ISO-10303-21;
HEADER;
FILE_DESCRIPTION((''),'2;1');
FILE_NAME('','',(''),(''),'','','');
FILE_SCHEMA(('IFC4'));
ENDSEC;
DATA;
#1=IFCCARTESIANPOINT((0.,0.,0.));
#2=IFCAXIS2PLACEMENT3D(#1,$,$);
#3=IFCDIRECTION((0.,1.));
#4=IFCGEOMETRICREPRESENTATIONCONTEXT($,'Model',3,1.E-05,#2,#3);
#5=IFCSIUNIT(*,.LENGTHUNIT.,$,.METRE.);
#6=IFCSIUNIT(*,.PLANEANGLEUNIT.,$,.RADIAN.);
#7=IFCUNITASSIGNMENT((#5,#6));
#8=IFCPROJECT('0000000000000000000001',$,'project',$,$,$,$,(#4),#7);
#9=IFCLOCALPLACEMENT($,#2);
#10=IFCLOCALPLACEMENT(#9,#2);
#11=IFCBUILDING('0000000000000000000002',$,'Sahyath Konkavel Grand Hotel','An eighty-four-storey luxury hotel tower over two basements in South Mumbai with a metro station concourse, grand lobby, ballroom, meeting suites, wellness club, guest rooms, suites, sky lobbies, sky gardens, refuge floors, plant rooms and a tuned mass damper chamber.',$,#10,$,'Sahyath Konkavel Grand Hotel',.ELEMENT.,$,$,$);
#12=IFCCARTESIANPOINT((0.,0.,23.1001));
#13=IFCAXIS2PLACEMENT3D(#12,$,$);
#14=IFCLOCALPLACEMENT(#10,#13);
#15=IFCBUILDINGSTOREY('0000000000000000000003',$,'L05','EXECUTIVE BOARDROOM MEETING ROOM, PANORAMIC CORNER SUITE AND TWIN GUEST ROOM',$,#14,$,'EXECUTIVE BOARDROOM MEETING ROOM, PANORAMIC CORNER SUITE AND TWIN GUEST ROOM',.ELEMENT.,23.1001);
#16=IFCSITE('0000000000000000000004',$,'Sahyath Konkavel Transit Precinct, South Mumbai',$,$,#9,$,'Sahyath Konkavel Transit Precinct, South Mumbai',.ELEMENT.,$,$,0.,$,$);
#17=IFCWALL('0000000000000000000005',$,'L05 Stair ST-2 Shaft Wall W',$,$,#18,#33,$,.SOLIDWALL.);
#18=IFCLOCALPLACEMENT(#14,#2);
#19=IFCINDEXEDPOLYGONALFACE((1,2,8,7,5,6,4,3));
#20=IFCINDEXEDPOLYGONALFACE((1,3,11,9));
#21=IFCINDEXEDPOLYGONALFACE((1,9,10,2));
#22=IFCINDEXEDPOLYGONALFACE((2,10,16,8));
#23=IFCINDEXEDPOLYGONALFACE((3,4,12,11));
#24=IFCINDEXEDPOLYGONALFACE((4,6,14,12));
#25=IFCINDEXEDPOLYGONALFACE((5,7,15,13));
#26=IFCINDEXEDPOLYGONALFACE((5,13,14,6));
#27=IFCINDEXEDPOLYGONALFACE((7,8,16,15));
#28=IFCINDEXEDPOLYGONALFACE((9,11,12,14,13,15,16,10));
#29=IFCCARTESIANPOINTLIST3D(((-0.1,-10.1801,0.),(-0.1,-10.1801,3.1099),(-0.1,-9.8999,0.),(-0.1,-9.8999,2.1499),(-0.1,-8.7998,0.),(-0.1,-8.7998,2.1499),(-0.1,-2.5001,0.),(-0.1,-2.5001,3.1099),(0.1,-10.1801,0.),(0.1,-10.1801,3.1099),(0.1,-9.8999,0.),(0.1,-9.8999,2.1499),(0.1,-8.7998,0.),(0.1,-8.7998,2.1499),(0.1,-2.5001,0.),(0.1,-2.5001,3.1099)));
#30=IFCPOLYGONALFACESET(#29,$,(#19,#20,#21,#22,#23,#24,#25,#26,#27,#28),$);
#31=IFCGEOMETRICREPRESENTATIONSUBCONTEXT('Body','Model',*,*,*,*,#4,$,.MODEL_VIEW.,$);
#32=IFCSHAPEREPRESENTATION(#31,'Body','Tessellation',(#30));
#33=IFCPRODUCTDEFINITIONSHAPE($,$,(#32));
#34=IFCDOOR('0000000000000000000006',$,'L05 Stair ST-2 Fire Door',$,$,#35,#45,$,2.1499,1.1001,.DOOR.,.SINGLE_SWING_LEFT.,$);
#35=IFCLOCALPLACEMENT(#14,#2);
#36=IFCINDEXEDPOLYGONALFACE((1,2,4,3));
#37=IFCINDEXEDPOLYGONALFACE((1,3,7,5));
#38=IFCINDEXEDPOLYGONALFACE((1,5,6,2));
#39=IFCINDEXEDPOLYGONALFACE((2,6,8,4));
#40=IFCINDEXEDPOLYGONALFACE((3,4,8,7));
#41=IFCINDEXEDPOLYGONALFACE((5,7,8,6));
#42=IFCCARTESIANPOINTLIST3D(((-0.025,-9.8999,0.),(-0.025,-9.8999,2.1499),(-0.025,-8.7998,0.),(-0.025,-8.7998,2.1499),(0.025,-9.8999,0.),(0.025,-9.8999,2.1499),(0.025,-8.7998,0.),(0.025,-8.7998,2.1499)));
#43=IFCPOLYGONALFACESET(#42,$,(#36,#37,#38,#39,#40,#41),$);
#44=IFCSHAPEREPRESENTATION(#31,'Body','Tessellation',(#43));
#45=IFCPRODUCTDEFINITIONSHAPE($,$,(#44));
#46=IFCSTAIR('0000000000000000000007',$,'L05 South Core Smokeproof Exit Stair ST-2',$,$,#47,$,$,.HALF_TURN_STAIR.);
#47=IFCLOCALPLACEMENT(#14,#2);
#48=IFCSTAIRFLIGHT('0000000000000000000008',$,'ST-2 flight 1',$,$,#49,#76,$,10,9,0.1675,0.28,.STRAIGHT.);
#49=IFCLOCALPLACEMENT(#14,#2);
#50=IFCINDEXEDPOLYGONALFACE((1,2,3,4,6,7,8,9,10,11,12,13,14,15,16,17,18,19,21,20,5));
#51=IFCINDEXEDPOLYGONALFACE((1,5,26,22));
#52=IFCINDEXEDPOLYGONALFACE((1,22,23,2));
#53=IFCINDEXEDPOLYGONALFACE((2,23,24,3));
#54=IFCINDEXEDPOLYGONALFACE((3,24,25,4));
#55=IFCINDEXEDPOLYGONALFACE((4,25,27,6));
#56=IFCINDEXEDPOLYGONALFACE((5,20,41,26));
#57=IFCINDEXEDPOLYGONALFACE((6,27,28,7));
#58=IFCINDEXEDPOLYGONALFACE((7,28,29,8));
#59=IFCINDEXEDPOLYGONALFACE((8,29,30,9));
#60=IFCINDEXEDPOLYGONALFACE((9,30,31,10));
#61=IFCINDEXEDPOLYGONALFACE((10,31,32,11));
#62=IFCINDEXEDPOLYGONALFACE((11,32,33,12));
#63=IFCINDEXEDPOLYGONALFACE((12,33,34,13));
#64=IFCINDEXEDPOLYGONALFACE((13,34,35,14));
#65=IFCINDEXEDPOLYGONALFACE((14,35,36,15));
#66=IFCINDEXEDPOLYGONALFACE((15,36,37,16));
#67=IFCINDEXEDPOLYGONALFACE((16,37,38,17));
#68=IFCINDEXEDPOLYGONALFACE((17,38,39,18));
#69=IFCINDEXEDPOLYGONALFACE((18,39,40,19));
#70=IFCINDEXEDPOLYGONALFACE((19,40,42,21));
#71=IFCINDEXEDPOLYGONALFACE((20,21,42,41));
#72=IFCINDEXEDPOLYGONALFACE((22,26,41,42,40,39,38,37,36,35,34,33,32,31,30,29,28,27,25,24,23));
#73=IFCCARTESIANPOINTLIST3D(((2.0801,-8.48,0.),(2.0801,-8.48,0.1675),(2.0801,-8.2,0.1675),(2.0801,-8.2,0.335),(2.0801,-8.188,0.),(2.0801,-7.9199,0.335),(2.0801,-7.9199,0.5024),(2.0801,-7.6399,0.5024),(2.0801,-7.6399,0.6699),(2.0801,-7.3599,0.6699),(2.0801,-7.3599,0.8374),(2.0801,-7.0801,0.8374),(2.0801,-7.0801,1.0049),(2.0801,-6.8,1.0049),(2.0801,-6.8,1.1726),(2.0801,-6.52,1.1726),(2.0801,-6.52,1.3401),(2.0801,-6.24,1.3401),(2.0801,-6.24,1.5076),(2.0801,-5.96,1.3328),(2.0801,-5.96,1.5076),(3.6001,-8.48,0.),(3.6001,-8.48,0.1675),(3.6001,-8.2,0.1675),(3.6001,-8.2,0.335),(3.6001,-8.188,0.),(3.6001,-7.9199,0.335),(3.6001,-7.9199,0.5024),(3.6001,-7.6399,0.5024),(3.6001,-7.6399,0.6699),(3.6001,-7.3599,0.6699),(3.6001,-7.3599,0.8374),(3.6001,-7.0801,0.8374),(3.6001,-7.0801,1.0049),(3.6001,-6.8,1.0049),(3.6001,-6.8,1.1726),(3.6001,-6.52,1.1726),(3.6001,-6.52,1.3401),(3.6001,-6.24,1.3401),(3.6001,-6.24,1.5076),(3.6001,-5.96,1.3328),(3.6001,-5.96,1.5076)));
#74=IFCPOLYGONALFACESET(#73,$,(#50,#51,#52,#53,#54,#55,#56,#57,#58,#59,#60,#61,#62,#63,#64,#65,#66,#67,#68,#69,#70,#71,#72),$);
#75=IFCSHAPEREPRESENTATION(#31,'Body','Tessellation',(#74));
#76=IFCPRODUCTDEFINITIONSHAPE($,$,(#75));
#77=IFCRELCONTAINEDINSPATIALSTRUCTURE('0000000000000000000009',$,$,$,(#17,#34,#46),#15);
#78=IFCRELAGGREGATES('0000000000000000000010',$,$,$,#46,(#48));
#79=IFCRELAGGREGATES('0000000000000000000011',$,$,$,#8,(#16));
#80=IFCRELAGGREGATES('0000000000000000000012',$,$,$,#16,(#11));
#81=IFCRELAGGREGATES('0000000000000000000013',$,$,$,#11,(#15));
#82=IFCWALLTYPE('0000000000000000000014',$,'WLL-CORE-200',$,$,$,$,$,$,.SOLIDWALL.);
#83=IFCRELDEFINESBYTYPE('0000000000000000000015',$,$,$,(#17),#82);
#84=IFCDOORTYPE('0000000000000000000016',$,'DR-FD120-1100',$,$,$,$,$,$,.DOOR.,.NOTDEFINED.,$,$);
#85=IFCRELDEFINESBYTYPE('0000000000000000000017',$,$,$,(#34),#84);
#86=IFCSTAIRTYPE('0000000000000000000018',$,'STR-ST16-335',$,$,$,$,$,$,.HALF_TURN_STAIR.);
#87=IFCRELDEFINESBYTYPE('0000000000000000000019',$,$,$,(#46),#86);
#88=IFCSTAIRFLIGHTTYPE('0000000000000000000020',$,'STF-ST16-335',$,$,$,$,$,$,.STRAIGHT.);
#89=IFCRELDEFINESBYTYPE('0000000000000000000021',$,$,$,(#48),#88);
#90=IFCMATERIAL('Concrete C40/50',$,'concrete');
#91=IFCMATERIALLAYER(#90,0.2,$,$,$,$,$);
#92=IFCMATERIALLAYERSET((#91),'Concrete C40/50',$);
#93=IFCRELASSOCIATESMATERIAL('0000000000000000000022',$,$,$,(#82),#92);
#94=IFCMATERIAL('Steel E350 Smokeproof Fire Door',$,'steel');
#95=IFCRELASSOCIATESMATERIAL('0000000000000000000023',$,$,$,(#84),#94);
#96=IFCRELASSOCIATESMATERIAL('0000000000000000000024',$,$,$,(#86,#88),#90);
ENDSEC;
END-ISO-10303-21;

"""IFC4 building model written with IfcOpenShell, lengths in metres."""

from ifc_helpers import new_model, si_unit, direction, frame, frame_2d, origin, origin_2d, place, context, subcontext, project, spatial, polyline, rectangle, outline, extrude, source, transform, mapped, material, layer, layer_set, type_object, element, fill, aggregate, save


model = new_model("IFC4")

# Units and contexts
model_context = context("Model", 3, precision=1e-05, world=origin(), true_north=direction((0.0, 1.0)))
body_context = subcontext(model_context, "Body", "Model", "MODEL_VIEW")
ifc_project = project(units=[si_unit("LENGTHUNIT", "METRE"), si_unit("PLANEANGLEUNIT", "RADIAN")], contexts=[model_context])

# Site, building, storey
site_placement = place(None, origin())
site = spatial("IfcSite", under=ifc_project, at=site_placement, Name="Sahyath Konkavel Transit Precinct, South Mumbai", LongName="Sahyath Konkavel Transit Precinct, South Mumbai", CompositionType="ELEMENT", RefElevation=0.0)
building_placement = place(site_placement, origin())
building = spatial("IfcBuilding", under=site, at=building_placement, Name="Sahyath Konkavel Grand Hotel", Description="An eighty-four-storey luxury hotel tower over two basements in South Mumbai with a metro station concourse, grand lobby, ballroom, meeting suites, wellness club, guest rooms, suites, sky lobbies, sky gardens, refuge floors, plant rooms and a tuned mass damper chamber.", LongName="Sahyath Konkavel Grand Hotel", CompositionType="ELEMENT")
storey_placement = place(building_placement, frame((0.0, 0.0, 23.1001)))
storey = spatial("IfcBuildingStorey", under=building, at=storey_placement, Name="L05", Description="EXECUTIVE BOARDROOM MEETING ROOM, PANORAMIC CORNER SUITE AND TWIN GUEST ROOM", LongName="EXECUTIVE BOARDROOM MEETING ROOM, PANORAMIC CORNER SUITE AND TWIN GUEST ROOM", CompositionType="ELEMENT", Elevation=23.1001)

# Wall, opening, door
ifc_material_1 = material(Name="Concrete C40/50", Category="concrete")
ifc_layer_1 = layer(ifc_material_1, 0.2)
ifc_layer_set_1 = layer_set([ifc_layer_1], Name="Concrete C40/50")
wall_type_1 = type_object("IfcWallType", Name="WLL-CORE-200", PredefinedType="SOLIDWALL", material=ifc_layer_set_1)
wall_1_placement = place(storey_placement, frame((0.0, -10.1799, 0.0), z_axis=(0.0, 0.0, 1.0), x_axis=(0.0, 1.0, 0.0)))
wall_1 = element("IfcWall", 1, at=wall_1_placement, inside=storey, type_object=wall_type_1, Name="L05 Stair ST-2 Shaft Wall W", PredefinedType="SOLIDWALL", context=body_context, shape_type="SweptSolid", body=[
    extrude(rectangle(XDim=7.6799, YDim=0.2, at=frame_2d((3.8398, 0.0))), origin(), (0.0, 0.0, 1.0), 3.1099),
])
opening_1_placement = place(wall_1_placement, frame((0.28, 0.0, 0.0)))
opening_1 = element("IfcOpeningElement", 2, at=opening_1_placement, cuts=wall_1, PredefinedType="OPENING", context=body_context, shape_type="SweptSolid", body=[
    extrude(rectangle(XDim=1.1001, YDim=2.1499, at=frame_2d((0.55, 1.075))), frame((0.0, 0.1099, 0.0), z_axis=(0.0, -1.0, 0.0), x_axis=(1.0, 0.0, 0.0)), (0.0, 0.0, 1.0), 0.22),
])
ifc_material_2 = material(Name="Steel E350 Smokeproof Fire Door", Category="steel")
door_type_1 = type_object("IfcDoorType", Name="DR-FD120-1100", OperationType="NOTDEFINED", PredefinedType="DOOR", material=ifc_material_2)
shared_shape_1 = source(origin(), body_context, "Body", "SweptSolid", [
    extrude(rectangle(XDim=1.1001, YDim=0.05, at=origin_2d()), origin(), (0.0, 0.0, 1.0), 2.1499),
])
door_1_placement = place(opening_1_placement, frame((0.55, 0.0, 0.0)))
door_1 = element("IfcDoor", 3, at=door_1_placement, inside=storey, type_object=door_type_1, Name="L05 Stair ST-2 Fire Door", OperationType="SINGLE_SWING_LEFT", OverallHeight=2.1499, OverallWidth=1.1001, PredefinedType="DOOR", context=body_context, shape_type="MappedRepresentation", body=[
    mapped(shared_shape_1, transform((0.0, 0.0, 0.0), scale=1.0)),
])
fill(opening_1, door_1)

# Stair, stair flight
stair_type = type_object("IfcStairType", Name="STR-ST16-335", PredefinedType="HALF_TURN_STAIR", material=ifc_material_1)
stair_placement = place(storey_placement, origin())
stair = element("IfcStair", 4, at=stair_placement, inside=storey, type_object=stair_type, Name="L05 South Core Smokeproof Exit Stair ST-2", PredefinedType="HALF_TURN_STAIR")
stair_flight_type = type_object("IfcStairFlightType", Name="STF-ST16-335", PredefinedType="STRAIGHT", material=ifc_material_1)
stair_flight_placement = place(storey_placement, frame((2.8401, -8.48, 0.0), z_axis=(0.0, 0.0, 1.0), x_axis=(0.0, 1.0, 0.0)))
stair_flight = element("IfcStairFlight", 5, at=stair_flight_placement, type_object=stair_flight_type, Name="ST-2 flight 1", NumberOfRisers=10, NumberOfTreads=9, PredefinedType="STRAIGHT", RiserHeight=0.1675, TreadLength=0.28, context=body_context, shape_type="SweptSolid", body=[
    extrude(outline(polyline([(0.0, 0.0), (0.0, 0.1675), (0.28, 0.1675), (0.28, 0.335), (0.5601, 0.335), (0.5601, 0.5024), (0.8401, 0.5024), (0.8401, 0.6699), (1.1201, 0.6699), (1.1201, 0.8374), (1.3999, 0.8374), (1.3999, 1.0049), (1.6799, 1.0049), (1.6799, 1.1726), (1.96, 1.1726), (1.96, 1.3401), (2.24, 1.3401), (2.24, 1.5076), (2.52, 1.5076), (2.52, 1.675), (2.52, 1.3328), (0.292, 0.0), (0.0, 0.0)])), frame((0.0, 0.76, 0.0), z_axis=(0.0, -1.0, 0.0), x_axis=(1.0, 0.0, 0.0)), (0.0, 0.0, 1.0), 1.52),
])
aggregate(stair, [stair_flight])

save(model, "model.ifc")
